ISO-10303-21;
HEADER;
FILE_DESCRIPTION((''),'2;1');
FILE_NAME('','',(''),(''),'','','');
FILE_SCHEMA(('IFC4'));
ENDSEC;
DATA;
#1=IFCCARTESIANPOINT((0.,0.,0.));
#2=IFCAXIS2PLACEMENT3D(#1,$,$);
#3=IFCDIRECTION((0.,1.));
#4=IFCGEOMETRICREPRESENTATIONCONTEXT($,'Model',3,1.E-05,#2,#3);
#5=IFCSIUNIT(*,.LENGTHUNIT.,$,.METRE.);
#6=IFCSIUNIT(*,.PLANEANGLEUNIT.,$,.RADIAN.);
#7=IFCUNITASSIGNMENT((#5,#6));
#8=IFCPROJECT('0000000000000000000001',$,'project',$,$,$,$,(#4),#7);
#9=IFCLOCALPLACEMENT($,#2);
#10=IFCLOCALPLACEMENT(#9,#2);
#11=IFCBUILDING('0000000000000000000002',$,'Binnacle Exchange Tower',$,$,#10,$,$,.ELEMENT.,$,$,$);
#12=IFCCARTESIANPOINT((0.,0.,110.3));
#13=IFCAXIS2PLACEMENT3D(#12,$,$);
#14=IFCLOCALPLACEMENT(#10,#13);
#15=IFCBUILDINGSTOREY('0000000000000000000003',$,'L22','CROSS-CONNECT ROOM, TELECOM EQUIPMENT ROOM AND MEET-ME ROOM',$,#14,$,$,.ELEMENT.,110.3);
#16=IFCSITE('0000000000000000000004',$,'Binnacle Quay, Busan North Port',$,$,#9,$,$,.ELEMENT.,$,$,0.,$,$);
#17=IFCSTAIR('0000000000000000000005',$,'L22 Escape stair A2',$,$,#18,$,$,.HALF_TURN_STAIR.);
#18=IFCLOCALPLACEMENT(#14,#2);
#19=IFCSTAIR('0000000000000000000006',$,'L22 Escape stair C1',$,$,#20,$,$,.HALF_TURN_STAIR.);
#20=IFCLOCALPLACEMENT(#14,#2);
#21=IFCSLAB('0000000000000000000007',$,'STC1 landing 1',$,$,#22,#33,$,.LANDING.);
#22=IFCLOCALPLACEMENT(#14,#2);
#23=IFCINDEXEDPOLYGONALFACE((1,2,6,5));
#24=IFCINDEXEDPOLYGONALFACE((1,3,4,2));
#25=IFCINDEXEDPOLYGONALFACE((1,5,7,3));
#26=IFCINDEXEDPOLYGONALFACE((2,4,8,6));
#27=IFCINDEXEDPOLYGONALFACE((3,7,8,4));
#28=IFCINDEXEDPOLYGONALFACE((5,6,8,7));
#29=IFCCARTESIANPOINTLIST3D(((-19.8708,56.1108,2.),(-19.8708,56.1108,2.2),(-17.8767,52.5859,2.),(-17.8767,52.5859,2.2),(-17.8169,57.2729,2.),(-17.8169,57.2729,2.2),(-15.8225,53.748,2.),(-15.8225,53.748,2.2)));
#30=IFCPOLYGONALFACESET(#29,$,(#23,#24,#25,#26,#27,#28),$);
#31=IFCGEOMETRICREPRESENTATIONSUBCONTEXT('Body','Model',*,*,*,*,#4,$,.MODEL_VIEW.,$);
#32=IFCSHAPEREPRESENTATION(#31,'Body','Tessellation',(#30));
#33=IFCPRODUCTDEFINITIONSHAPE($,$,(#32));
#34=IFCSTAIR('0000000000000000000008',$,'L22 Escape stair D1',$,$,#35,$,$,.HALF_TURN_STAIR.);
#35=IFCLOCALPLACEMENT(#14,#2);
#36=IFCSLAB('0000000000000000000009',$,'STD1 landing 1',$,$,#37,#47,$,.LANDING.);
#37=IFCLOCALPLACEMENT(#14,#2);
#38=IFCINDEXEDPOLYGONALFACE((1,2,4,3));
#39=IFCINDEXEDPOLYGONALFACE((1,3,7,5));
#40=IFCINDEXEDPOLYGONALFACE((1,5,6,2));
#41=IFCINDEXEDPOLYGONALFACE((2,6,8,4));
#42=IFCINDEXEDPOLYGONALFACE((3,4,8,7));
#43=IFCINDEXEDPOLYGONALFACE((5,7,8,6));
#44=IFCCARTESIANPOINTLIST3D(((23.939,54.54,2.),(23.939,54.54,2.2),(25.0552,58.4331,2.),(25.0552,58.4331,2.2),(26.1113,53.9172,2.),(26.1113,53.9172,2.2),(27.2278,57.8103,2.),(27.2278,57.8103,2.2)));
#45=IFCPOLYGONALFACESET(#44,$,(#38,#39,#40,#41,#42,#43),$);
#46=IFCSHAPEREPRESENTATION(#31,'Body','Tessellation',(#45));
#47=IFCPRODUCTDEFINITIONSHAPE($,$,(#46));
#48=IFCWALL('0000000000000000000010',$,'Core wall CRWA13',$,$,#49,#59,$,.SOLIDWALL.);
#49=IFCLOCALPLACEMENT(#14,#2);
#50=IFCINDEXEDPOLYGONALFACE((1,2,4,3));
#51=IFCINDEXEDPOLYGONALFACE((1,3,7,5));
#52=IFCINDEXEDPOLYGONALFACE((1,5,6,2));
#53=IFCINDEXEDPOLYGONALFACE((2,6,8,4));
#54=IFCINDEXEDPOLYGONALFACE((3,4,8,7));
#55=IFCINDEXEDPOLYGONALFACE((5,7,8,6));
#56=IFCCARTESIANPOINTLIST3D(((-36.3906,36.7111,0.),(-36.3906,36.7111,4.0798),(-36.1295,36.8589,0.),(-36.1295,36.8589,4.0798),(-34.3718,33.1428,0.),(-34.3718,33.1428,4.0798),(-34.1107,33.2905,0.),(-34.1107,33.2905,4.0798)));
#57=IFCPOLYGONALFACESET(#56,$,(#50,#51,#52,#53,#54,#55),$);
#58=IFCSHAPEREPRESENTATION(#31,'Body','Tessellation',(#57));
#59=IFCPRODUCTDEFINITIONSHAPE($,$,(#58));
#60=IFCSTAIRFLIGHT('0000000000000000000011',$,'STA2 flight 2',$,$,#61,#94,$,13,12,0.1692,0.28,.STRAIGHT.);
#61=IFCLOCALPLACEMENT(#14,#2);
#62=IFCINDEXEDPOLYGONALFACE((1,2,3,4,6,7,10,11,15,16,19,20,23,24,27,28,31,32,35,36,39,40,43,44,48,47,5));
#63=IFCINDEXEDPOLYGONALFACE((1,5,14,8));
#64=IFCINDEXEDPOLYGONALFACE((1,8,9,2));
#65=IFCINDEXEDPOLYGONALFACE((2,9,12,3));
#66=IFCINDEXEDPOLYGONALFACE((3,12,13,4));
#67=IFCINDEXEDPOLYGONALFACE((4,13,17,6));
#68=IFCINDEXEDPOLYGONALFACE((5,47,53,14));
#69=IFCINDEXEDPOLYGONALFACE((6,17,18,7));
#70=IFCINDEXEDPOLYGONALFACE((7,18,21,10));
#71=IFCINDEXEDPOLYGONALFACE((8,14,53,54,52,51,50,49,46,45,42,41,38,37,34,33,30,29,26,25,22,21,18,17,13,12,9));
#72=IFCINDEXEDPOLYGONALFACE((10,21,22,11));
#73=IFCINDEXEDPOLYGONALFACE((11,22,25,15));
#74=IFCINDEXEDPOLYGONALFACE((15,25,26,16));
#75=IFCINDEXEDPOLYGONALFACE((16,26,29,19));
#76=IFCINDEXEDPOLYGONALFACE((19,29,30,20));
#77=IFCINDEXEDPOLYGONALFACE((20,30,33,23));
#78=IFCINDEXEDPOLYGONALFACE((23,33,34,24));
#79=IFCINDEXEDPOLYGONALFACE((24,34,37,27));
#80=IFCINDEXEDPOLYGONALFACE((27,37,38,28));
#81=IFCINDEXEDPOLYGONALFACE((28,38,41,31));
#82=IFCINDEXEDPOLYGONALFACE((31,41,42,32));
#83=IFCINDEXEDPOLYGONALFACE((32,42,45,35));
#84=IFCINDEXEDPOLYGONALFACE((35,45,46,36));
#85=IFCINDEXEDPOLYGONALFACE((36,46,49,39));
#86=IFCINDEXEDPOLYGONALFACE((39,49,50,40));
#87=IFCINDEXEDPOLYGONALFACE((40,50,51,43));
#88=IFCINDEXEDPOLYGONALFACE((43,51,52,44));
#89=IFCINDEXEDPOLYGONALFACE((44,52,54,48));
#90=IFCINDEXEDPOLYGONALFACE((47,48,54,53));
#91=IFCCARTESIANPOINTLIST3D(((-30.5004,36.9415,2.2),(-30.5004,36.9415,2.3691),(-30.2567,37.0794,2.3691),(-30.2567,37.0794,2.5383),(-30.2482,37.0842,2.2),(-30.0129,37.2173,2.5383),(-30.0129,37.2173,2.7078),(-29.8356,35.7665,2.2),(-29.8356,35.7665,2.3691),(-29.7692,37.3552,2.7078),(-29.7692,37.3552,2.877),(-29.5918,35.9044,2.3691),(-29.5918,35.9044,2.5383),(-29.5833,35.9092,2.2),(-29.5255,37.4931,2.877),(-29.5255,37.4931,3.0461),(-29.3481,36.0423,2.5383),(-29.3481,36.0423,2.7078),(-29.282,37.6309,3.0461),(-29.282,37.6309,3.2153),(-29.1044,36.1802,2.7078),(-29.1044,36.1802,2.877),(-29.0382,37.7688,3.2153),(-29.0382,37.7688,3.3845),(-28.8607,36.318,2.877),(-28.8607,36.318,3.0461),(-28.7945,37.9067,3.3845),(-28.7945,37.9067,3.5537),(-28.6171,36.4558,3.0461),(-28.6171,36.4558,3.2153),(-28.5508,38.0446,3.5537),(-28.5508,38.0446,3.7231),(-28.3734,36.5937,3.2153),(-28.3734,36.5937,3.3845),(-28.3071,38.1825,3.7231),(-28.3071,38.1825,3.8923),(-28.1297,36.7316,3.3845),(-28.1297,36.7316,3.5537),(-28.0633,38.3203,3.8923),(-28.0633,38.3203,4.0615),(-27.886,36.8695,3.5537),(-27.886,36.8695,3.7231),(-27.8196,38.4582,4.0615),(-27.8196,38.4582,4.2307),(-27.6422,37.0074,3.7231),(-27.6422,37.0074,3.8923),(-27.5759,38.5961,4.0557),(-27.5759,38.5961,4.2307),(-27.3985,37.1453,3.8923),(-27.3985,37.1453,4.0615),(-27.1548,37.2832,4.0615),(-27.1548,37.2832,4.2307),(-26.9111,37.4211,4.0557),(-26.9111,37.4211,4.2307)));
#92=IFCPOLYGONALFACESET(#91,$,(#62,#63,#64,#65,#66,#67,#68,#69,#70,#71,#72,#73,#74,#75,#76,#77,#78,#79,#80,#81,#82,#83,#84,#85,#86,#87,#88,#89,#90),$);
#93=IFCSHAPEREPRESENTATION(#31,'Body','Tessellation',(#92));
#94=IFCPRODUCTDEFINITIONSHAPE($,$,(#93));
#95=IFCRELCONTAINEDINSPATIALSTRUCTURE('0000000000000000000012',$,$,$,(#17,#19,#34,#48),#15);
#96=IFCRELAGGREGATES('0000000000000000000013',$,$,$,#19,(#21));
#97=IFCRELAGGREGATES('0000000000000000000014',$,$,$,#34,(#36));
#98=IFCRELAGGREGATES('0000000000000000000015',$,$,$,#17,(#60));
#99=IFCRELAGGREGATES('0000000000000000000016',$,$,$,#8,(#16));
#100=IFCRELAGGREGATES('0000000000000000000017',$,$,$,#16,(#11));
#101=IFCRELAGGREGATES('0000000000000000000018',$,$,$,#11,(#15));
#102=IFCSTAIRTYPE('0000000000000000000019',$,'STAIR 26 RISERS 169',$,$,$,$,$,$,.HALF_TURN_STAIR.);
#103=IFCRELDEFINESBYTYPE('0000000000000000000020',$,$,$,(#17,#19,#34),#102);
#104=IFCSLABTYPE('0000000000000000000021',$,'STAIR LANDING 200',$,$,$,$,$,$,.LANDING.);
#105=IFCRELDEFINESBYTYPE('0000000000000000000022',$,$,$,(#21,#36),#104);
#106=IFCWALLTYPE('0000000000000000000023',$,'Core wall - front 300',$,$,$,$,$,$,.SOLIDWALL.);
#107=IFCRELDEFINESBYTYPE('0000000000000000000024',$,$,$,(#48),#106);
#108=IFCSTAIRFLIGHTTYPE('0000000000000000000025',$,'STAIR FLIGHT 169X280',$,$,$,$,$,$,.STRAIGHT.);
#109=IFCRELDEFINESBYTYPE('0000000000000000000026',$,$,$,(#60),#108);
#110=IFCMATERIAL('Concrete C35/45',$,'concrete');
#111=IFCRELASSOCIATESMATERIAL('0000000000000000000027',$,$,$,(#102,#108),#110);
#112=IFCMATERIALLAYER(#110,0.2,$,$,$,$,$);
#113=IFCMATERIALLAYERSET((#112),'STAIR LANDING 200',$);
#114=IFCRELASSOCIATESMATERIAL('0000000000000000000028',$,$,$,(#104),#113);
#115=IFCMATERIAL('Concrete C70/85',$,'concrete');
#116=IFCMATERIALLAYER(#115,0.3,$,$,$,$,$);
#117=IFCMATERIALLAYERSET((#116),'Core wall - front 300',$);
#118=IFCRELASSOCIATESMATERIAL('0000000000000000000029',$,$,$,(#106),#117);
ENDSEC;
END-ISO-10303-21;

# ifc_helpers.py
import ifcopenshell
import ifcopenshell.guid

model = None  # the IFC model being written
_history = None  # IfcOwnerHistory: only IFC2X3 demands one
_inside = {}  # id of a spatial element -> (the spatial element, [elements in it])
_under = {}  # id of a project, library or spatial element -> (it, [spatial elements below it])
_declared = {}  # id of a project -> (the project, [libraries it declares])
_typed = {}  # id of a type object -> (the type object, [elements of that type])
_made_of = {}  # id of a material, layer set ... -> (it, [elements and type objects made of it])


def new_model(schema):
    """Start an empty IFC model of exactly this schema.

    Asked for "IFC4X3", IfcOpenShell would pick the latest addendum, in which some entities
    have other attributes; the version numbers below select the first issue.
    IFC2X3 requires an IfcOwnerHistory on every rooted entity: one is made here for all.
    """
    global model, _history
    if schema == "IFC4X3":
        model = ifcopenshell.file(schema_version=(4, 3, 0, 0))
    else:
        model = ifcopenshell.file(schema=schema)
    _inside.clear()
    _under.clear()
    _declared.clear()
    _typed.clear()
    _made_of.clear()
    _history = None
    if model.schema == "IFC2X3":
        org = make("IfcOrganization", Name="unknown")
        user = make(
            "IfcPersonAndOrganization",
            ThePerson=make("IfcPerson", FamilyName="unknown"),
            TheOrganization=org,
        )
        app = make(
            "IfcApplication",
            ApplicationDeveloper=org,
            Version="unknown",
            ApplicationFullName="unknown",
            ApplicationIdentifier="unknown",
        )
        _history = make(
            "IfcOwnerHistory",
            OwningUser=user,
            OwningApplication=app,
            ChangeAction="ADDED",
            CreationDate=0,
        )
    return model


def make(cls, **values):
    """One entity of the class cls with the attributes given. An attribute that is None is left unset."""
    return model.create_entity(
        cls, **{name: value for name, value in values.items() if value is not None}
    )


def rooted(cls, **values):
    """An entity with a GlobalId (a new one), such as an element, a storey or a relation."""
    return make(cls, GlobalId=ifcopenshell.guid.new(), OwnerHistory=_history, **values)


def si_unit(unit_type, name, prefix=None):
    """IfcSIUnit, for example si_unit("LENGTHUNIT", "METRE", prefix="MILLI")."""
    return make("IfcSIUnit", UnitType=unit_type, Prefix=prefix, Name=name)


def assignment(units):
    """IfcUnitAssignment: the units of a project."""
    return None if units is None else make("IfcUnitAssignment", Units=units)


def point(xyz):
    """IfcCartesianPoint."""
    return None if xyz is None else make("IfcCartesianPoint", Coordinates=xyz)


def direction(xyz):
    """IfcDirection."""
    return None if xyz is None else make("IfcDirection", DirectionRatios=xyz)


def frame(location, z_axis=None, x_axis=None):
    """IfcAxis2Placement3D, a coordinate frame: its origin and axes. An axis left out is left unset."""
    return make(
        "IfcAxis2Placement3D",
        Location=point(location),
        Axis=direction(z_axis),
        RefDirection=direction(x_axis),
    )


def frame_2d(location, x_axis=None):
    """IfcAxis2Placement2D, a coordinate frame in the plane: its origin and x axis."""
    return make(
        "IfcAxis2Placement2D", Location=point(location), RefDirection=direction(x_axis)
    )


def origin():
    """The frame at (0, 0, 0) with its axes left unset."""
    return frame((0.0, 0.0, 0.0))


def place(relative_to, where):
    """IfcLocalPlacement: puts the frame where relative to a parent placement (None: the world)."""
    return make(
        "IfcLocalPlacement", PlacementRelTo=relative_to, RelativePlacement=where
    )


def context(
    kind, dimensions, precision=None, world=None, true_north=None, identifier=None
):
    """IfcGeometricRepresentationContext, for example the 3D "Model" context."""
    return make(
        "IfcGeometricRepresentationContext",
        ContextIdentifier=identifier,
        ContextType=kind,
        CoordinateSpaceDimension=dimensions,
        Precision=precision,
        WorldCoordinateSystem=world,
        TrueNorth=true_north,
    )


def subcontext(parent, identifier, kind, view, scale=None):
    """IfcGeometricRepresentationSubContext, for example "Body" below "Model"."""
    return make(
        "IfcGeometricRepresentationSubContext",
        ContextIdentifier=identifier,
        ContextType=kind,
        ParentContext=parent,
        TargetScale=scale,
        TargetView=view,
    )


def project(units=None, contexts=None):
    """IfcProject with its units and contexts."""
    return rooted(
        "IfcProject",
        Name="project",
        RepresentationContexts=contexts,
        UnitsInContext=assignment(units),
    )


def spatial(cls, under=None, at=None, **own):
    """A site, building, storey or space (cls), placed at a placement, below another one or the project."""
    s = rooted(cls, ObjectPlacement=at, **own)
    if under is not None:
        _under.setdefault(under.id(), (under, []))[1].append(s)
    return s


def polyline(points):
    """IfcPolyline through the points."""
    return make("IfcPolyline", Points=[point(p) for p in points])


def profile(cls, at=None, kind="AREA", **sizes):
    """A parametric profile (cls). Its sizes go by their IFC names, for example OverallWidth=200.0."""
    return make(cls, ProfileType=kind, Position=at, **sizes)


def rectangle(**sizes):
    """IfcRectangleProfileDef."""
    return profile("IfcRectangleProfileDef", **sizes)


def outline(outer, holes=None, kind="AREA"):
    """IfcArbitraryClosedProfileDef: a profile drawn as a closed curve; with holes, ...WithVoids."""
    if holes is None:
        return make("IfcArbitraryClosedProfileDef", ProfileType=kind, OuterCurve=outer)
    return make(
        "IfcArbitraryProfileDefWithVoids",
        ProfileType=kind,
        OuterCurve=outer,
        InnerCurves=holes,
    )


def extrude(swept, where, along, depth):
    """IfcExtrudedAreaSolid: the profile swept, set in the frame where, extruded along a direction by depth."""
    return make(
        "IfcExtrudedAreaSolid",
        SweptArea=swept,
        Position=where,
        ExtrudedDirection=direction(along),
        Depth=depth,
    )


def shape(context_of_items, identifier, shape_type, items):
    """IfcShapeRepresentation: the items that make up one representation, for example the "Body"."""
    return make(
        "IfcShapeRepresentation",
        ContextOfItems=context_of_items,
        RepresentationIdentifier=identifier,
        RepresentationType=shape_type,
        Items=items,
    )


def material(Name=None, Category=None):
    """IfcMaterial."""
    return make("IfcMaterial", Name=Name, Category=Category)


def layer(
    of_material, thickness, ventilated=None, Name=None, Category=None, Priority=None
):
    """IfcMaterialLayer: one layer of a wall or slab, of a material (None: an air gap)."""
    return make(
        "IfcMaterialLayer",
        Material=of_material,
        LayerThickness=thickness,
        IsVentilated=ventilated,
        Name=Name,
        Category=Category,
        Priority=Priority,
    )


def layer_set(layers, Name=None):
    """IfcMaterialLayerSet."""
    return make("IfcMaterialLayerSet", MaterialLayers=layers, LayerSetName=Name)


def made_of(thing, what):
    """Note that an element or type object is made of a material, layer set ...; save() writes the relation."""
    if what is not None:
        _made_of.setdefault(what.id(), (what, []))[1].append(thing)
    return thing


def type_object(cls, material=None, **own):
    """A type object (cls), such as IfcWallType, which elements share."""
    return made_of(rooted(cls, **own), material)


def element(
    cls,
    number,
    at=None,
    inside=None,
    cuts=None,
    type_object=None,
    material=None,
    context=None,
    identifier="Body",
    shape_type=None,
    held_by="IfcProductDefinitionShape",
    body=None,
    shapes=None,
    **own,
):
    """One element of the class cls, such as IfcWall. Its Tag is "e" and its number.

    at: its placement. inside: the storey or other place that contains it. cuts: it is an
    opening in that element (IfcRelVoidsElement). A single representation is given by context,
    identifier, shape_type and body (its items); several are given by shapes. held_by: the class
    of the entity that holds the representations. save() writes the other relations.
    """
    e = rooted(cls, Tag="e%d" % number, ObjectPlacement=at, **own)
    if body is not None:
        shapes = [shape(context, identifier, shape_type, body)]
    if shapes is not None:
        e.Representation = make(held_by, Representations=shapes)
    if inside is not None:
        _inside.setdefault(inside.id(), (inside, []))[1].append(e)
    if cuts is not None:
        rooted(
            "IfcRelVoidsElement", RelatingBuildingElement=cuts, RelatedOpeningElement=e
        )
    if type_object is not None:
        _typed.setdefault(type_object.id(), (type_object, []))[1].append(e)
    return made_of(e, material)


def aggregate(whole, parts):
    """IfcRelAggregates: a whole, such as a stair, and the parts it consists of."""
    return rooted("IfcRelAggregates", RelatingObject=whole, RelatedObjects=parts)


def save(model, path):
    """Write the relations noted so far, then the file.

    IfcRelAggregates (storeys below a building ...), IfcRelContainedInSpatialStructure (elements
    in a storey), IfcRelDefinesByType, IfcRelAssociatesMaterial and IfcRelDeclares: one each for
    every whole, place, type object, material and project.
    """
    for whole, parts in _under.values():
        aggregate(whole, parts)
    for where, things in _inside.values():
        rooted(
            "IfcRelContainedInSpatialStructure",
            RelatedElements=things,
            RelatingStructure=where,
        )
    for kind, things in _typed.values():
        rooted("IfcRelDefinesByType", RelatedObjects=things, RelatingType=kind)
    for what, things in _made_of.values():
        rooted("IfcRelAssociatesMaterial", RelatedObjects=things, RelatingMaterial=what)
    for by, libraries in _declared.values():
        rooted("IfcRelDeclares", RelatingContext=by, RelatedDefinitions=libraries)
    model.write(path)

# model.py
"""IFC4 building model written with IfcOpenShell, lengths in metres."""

from ifc_helpers import new_model, si_unit, direction, frame, frame_2d, origin, place, context, subcontext, project, spatial, polyline, rectangle, outline, extrude, material, layer, layer_set, type_object, element, aggregate, save


model = new_model("IFC4")

# Units and contexts
model_context = context("Model", 3, precision=1e-05, world=origin(), true_north=direction((0.0, 1.0)))
body_context = subcontext(model_context, "Body", "Model", "MODEL_VIEW")
ifc_project = project(units=[si_unit("LENGTHUNIT", "METRE"), si_unit("PLANEANGLEUNIT", "RADIAN")], contexts=[model_context])

# Site, building, storey
site_placement = place(None, origin())
site = spatial("IfcSite", under=ifc_project, at=site_placement, Name="Binnacle Quay, Busan North Port", CompositionType="ELEMENT", RefElevation=0.0)
building_placement = place(site_placement, origin())
building = spatial("IfcBuilding", under=site, at=building_placement, Name="Binnacle Exchange Tower", CompositionType="ELEMENT")
storey_placement = place(building_placement, frame((0.0, 0.0, 110.3)))
storey = spatial("IfcBuildingStorey", under=building, at=storey_placement, Name="L22", Description="CROSS-CONNECT ROOM, TELECOM EQUIPMENT ROOM AND MEET-ME ROOM", CompositionType="ELEMENT", Elevation=110.3)

# Shared definitions
ifc_material_1 = material(Name="Concrete C70/85", Category="concrete")

# Shared definitions
ifc_material_2 = material(Name="Concrete C35/45", Category="concrete")

# Stairs, slabs
stair_type = type_object("IfcStairType", Name="STAIR 26 RISERS 169", PredefinedType="HALF_TURN_STAIR", material=ifc_material_2)
ifc_layer_1 = layer(ifc_material_2, 0.2)
ifc_layer_set_1 = layer_set([ifc_layer_1], Name="STAIR LANDING 200")
slab_type_1 = type_object("IfcSlabType", Name="STAIR LANDING 200", PredefinedType="LANDING", material=ifc_layer_set_1)
stair_1_placement = place(storey_placement, origin())
stair_1 = element("IfcStair", 1, at=stair_1_placement, inside=storey, type_object=stair_type, Name="L22 Escape stair A2", PredefinedType="HALF_TURN_STAIR")
stair_2_placement = place(storey_placement, origin())
stair_2 = element("IfcStair", 2, at=stair_2_placement, inside=storey, type_object=stair_type, Name="L22 Escape stair C1", PredefinedType="HALF_TURN_STAIR")
slab_1_placement = place(storey_placement, frame((0.0, 0.0, 2.0)))
slab_1 = element("IfcSlab", 3, at=slab_1_placement, type_object=slab_type_1, Name="STC1 landing 1", PredefinedType="LANDING", context=body_context, shape_type="SweptSolid", body=[
    extrude(outline(polyline([(-17.8767, 52.5859), (-15.8225, 53.748), (-17.8169, 57.2729), (-19.8708, 56.1108), (-17.8767, 52.5859)])), origin(), (0.0, 0.0, 1.0), 0.2),
])
aggregate(stair_2, [slab_1])
stair_3_placement = place(storey_placement, origin())
stair_3 = element("IfcStair", 4, at=stair_3_placement, inside=storey, type_object=stair_type, Name="L22 Escape stair D1", PredefinedType="HALF_TURN_STAIR")
slab_2_placement = place(storey_placement, frame((0.0, 0.0, 2.0)))
slab_2 = element("IfcSlab", 5, at=slab_2_placement, type_object=slab_type_1, Name="STD1 landing 1", PredefinedType="LANDING", context=body_context, shape_type="SweptSolid", body=[
    extrude(outline(polyline([(23.939, 54.54), (26.1113, 53.9172), (27.2278, 57.8103), (25.0552, 58.4331), (23.939, 54.54)])), origin(), (0.0, 0.0, 1.0), 0.2),
])
aggregate(stair_3, [slab_2])

# Wall
ifc_layer_2 = layer(ifc_material_1, 0.3)
ifc_layer_set_2 = layer_set([ifc_layer_2], Name="Core wall - front 300")
wall_type = type_object("IfcWallType", Name="Core wall - front 300", PredefinedType="SOLIDWALL", material=ifc_layer_set_2)
wall_placement = place(storey_placement, frame((-36.26, 36.7849, 0.0), z_axis=(0.0, 0.0, 1.0), x_axis=(0.492408, -0.870364, 0.0)))
element("IfcWall", 6, at=wall_placement, inside=storey, type_object=wall_type, Name="Core wall CRWA13", PredefinedType="SOLIDWALL", context=body_context, shape_type="SweptSolid", body=[
    extrude(rectangle(XDim=4.0999, YDim=0.3, at=frame_2d((2.0498, 0.0))), origin(), (0.0, 0.0, 1.0), 4.0798),
])

# Stair flight
stair_flight_type = type_object("IfcStairFlightType", Name="STAIR FLIGHT 169X280", PredefinedType="STRAIGHT", material=ifc_material_2)
stair_flight_placement = place(storey_placement, frame((-30.168, 36.354, 2.2), z_axis=(0.0, 0.0, 1.0), x_axis=(0.870356, 0.492424, 0.0)))
stair_flight = element("IfcStairFlight", 7, at=stair_flight_placement, type_object=stair_flight_type, Name="STA2 flight 2", NumberOfRisers=13, NumberOfTreads=12, PredefinedType="STRAIGHT", RiserHeight=0.1692, TreadLength=0.28, context=body_context, shape_type="SweptSolid", body=[
    extrude(outline(polyline([(0.0, 0.0), (0.0, 0.1692), (0.28, 0.1692), (0.28, 0.3384), (0.5601, 0.3384), (0.5601, 0.5078), (0.8401, 0.5078), (0.8401, 0.677), (1.1201, 0.677), (1.1201, 0.8462), (1.3999, 0.8462), (1.3999, 1.0154), (1.6799, 1.0154), (1.6799, 1.1846), (1.96, 1.1846), (1.96, 1.3538), (2.24, 1.3538), (2.24, 1.5232), (2.52, 1.5232), (2.52, 1.6924), (2.8, 1.6924), (2.8, 1.8616), (3.0801, 1.8616), (3.0801, 2.0308), (3.3601, 2.0308), (3.3601, 2.2), (3.3601, 1.8557), (0.2898, 0.0), (0.0, 0.0)])), frame((0.0, 0.675, 0.0), z_axis=(0.0, -1.0, 0.0), x_axis=(1.0, 0.0, 0.0)), (0.0, 0.0, 1.0), 1.3501),
])
aggregate(stair_1, [stair_flight])

save(model, "model.ifc")
